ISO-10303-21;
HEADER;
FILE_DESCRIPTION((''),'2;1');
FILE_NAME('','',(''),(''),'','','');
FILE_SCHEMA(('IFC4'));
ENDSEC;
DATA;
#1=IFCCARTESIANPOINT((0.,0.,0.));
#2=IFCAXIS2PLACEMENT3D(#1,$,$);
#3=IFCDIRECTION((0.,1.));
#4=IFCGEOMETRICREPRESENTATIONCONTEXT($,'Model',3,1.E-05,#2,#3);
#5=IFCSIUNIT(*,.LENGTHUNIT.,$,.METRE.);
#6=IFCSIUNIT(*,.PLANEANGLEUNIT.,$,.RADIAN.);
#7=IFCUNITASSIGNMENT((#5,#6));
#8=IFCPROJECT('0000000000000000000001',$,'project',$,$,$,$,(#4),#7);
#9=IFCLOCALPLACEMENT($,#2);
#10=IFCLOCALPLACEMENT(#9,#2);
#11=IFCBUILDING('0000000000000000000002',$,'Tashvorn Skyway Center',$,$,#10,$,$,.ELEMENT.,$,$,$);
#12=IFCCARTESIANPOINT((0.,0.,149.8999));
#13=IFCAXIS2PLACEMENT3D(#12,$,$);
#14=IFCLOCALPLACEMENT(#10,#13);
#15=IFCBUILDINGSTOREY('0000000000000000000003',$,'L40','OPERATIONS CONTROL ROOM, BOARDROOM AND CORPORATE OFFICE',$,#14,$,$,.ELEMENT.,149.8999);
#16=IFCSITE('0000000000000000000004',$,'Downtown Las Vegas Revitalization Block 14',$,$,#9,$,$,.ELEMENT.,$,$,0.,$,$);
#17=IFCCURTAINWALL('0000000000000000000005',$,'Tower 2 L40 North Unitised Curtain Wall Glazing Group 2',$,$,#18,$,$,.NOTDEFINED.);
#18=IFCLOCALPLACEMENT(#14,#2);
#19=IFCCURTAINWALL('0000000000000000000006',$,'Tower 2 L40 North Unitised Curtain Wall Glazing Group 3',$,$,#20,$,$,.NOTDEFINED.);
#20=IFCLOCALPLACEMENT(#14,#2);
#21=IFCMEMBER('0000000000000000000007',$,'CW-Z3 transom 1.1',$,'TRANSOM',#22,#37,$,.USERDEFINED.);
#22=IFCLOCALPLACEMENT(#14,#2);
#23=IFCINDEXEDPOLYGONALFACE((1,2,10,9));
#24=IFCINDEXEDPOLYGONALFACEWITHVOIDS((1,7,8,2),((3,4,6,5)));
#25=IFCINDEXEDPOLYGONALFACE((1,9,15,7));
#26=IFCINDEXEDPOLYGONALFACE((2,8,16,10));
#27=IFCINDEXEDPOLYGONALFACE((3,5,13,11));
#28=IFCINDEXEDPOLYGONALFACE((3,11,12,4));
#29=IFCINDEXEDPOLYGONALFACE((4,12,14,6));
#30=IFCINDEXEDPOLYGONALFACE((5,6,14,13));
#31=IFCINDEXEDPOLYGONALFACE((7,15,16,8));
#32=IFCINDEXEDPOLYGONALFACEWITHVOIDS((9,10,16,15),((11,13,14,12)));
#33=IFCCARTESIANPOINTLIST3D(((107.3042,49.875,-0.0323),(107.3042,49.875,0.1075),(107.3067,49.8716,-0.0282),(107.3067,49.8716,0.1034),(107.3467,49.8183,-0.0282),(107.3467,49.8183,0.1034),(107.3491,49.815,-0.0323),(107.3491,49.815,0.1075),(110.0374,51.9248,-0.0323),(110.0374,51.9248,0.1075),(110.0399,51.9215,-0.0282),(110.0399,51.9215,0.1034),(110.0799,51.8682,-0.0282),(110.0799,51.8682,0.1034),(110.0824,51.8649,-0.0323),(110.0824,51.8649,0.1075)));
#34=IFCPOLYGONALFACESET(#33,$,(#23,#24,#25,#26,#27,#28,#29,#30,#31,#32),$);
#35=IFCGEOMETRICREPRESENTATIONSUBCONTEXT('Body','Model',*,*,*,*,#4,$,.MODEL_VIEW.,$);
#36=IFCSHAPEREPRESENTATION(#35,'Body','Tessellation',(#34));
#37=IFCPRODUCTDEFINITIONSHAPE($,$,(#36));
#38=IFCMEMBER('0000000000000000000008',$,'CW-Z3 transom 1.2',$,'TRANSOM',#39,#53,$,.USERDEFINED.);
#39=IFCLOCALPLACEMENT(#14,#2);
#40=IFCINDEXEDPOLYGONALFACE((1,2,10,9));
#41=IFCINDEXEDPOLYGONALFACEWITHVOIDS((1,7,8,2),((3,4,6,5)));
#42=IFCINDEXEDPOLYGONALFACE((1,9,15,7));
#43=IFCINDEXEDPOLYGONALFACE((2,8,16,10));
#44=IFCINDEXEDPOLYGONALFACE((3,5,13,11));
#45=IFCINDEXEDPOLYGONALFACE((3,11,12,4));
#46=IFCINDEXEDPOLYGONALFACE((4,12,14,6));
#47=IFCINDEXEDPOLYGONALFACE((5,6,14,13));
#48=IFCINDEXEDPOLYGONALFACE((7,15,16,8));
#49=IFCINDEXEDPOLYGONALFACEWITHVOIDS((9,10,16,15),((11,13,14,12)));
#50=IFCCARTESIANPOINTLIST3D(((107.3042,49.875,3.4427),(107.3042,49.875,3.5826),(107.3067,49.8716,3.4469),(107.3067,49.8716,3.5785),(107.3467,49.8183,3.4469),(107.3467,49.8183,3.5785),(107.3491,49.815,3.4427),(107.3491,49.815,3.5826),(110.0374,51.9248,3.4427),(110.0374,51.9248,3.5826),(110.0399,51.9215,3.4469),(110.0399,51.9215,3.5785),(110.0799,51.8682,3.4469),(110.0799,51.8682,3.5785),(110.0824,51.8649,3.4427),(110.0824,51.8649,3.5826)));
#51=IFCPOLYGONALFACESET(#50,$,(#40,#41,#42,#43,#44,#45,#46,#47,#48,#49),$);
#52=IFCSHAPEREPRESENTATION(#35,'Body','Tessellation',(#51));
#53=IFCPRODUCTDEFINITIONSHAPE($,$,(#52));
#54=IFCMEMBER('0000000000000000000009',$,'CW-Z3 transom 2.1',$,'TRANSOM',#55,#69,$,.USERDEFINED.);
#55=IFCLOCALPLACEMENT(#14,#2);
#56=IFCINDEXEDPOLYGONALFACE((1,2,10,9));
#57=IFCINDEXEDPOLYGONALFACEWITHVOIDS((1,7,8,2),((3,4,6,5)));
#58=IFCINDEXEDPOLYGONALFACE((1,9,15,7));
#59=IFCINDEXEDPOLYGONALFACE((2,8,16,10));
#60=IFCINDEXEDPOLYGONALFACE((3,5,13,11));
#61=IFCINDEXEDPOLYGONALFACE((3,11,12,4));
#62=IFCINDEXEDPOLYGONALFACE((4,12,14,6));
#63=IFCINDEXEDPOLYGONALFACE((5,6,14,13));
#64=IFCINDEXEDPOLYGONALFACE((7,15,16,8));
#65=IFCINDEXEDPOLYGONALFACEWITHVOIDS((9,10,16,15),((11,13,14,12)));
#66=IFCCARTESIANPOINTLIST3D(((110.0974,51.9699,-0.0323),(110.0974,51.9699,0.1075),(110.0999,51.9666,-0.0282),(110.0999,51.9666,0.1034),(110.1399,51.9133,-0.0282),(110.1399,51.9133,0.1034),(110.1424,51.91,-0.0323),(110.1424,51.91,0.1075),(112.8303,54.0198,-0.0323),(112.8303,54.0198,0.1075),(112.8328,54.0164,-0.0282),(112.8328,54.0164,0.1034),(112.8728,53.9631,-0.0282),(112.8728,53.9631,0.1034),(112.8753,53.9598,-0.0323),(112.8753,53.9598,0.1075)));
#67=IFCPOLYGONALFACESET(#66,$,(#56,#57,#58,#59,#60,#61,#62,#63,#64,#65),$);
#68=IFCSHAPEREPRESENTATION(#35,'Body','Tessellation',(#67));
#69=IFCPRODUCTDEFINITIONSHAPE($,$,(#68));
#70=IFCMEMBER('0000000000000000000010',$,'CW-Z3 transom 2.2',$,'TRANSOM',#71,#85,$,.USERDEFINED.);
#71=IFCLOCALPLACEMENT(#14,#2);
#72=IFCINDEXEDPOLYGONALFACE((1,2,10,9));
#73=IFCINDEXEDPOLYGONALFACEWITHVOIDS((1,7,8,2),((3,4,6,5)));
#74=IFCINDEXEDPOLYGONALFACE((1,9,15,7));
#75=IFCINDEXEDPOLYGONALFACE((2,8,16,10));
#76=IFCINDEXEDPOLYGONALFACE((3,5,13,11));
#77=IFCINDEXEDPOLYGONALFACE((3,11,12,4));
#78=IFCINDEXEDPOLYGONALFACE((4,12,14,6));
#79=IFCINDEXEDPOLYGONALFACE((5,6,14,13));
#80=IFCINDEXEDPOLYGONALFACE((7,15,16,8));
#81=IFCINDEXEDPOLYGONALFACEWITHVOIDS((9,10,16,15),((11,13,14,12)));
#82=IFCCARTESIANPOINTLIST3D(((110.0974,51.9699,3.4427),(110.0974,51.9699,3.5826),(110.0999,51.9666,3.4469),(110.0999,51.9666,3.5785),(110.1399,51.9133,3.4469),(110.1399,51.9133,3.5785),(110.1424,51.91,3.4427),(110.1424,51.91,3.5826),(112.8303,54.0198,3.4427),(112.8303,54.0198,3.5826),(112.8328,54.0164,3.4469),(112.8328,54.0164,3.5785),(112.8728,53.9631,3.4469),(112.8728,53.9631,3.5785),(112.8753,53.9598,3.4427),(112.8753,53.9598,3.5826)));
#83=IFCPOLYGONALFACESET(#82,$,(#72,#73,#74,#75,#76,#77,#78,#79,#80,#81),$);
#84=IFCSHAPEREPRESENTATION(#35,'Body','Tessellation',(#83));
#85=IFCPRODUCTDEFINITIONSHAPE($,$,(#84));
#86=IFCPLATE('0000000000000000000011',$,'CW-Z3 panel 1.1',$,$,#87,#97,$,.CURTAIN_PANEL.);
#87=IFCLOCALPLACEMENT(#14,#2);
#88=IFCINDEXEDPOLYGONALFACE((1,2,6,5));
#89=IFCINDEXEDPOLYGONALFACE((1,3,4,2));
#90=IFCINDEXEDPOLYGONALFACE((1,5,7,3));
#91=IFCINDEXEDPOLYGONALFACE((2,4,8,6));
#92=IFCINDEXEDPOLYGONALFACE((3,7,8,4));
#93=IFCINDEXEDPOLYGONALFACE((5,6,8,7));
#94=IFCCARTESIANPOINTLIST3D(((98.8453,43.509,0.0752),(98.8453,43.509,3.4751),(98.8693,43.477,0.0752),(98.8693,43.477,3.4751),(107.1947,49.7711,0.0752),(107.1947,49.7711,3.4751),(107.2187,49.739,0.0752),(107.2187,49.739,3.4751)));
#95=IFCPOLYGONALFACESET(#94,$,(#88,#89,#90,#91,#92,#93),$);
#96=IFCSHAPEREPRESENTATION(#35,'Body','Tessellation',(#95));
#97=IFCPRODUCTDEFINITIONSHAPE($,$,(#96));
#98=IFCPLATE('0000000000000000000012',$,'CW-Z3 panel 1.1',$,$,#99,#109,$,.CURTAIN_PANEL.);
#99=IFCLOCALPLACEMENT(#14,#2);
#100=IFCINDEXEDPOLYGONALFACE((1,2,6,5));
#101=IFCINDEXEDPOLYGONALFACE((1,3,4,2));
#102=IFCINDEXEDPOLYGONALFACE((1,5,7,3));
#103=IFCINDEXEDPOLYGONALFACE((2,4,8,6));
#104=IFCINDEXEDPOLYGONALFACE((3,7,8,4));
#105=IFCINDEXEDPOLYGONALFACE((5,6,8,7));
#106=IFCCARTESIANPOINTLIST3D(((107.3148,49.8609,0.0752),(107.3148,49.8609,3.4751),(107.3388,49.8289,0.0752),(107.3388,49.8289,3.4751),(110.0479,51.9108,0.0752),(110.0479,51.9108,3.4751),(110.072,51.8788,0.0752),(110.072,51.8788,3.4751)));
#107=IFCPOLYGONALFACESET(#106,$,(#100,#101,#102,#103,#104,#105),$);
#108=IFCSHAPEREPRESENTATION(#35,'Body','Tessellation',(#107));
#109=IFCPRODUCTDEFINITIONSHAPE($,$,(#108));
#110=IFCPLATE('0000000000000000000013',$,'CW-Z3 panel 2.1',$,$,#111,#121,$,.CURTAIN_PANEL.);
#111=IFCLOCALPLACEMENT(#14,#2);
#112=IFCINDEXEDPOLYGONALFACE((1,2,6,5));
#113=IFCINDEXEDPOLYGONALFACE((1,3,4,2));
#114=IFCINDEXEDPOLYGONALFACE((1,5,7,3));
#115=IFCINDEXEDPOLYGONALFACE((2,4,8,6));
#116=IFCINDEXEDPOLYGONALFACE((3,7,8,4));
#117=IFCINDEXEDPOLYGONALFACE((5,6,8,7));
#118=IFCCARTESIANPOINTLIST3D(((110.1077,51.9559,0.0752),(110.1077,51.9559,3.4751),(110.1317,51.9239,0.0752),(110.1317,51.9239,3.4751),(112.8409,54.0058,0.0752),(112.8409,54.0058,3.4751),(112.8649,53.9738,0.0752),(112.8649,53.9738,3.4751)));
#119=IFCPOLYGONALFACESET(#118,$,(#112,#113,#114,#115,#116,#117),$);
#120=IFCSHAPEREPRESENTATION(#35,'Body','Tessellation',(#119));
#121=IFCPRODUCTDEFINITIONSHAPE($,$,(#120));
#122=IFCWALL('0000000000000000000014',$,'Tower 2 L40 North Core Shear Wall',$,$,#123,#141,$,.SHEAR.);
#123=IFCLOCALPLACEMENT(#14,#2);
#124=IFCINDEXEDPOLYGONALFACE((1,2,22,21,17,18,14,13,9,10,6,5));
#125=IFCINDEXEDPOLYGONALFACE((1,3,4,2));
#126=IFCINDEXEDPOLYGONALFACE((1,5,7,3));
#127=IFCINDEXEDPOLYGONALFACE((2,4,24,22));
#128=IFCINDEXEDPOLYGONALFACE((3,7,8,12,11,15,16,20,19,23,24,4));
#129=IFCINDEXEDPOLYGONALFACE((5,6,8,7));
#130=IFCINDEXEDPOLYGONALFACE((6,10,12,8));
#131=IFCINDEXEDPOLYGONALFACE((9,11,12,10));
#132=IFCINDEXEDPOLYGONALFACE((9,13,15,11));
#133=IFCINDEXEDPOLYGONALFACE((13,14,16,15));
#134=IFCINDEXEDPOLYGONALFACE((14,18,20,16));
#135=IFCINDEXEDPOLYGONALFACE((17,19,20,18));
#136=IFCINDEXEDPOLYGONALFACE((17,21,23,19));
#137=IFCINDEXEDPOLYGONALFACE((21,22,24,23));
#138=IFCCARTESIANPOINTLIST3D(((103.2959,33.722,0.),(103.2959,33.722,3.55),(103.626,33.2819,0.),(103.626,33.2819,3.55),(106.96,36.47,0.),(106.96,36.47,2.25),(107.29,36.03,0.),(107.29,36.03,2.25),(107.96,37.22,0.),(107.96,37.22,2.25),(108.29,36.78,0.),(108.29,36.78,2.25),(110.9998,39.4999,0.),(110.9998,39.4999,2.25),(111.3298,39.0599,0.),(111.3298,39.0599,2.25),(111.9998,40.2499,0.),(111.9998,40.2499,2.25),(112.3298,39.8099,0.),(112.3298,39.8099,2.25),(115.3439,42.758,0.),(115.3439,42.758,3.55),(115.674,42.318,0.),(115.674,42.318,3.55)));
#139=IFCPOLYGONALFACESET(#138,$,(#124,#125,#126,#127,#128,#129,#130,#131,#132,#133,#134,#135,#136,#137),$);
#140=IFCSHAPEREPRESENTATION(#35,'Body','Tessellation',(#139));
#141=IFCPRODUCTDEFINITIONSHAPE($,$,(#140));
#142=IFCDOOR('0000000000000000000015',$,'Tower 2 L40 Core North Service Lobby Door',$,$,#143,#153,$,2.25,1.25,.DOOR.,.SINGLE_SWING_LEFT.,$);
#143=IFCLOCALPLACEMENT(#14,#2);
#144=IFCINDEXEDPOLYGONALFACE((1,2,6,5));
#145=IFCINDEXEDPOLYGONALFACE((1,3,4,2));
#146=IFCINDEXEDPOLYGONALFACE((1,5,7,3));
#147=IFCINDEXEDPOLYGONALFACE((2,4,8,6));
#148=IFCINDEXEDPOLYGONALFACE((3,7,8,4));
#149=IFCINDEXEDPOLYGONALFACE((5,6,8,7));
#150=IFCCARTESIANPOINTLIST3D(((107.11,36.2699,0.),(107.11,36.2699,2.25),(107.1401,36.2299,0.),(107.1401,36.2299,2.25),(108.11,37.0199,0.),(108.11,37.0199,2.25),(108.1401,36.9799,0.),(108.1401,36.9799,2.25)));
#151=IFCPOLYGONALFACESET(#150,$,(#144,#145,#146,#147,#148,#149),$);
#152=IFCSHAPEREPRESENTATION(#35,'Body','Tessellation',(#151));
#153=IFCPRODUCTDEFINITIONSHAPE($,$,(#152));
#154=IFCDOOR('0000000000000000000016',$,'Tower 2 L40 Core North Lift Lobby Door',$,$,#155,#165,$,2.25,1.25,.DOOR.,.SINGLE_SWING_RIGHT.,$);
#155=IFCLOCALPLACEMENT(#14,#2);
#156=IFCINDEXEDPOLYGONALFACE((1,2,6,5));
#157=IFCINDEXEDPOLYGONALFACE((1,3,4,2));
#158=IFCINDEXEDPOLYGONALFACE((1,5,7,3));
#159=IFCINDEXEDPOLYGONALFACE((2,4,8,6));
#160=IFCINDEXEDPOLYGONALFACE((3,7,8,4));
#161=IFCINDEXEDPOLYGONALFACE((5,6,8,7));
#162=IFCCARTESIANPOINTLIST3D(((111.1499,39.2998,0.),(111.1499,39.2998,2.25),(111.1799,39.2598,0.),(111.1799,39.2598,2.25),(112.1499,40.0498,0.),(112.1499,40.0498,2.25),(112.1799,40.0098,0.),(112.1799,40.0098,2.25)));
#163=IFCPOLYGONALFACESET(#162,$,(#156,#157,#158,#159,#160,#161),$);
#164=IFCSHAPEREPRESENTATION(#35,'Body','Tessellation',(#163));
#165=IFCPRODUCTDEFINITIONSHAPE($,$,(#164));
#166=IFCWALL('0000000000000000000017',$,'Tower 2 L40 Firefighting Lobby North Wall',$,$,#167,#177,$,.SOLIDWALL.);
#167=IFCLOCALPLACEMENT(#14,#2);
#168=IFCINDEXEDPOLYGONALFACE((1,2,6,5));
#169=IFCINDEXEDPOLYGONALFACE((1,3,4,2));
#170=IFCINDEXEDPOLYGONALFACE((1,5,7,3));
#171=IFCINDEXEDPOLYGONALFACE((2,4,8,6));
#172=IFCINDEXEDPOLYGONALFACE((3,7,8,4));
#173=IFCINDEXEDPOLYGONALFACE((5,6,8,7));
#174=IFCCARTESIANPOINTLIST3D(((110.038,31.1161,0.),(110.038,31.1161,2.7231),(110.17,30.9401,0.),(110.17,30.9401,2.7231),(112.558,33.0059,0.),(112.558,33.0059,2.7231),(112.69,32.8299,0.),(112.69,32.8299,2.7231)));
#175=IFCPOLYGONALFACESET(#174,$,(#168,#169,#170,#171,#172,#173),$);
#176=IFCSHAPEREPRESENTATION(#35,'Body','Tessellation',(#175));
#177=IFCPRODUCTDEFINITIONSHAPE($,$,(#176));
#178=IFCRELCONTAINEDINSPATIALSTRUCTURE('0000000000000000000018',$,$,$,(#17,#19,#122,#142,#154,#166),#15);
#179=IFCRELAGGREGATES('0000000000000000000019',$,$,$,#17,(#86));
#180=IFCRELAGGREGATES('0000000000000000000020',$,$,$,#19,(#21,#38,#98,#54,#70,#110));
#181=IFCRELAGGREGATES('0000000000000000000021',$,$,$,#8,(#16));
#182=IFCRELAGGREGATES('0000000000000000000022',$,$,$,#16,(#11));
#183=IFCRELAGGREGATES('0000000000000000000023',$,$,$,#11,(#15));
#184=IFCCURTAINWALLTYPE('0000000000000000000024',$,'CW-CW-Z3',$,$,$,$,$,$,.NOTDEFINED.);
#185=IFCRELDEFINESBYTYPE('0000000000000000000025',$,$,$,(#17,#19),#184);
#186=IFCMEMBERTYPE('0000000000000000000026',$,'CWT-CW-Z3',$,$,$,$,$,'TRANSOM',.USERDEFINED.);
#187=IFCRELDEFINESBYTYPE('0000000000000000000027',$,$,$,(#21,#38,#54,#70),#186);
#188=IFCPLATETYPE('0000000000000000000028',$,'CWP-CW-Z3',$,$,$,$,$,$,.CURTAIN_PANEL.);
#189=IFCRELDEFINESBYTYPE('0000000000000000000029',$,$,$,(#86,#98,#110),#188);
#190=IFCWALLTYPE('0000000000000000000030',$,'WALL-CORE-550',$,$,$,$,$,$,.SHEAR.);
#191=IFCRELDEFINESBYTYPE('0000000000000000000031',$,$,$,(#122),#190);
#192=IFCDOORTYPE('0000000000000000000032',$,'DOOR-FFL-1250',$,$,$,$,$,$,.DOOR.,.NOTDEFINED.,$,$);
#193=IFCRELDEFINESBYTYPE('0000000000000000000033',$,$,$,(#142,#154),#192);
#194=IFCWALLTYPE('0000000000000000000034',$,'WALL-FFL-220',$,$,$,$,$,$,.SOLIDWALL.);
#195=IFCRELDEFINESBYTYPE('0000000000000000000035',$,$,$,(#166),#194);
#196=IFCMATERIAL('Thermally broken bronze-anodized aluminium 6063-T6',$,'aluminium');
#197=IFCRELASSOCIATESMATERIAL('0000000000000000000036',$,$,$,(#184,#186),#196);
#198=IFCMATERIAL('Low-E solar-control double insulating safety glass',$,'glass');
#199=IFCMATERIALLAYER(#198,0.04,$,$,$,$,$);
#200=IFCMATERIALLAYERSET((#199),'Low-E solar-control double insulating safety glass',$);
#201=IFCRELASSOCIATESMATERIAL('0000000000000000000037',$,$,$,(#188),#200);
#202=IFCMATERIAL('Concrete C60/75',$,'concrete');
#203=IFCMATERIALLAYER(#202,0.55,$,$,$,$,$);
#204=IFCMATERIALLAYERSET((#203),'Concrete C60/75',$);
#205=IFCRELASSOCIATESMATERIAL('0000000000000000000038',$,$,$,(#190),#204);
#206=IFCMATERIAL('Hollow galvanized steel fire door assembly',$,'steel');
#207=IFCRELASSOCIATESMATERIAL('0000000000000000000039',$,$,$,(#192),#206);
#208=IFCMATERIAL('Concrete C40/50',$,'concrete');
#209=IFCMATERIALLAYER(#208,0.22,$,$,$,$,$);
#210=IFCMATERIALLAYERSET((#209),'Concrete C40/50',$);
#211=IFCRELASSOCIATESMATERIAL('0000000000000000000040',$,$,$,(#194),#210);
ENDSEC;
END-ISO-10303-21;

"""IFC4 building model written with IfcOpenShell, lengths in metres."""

from ifc_helpers import new_model, si_unit, direction, frame, frame_2d, origin, origin_2d, place, context, subcontext, project, spatial, rectangle, hollow_rectangle, extrude, material, layer, layer_set, material_profile, profile_set, type_object, element, fill, aggregate, save


model = new_model("IFC4")

# Units and contexts
model_context = context("Model", 3, precision=1e-05, world=origin(), true_north=direction((0.0, 1.0)))
body_context = subcontext(model_context, "Body", "Model", "MODEL_VIEW")
ifc_project = project(units=[si_unit("LENGTHUNIT", "METRE"), si_unit("PLANEANGLEUNIT", "RADIAN")], contexts=[model_context])

# Site, building, storey
site_placement = place(None, origin())
site = spatial("IfcSite", under=ifc_project, at=site_placement, Name="Downtown Las Vegas Revitalization Block 14", CompositionType="ELEMENT", RefElevation=0.0)
building_placement = place(site_placement, origin())
building = spatial("IfcBuilding", under=site, at=building_placement, Name="Tashvorn Skyway Center", CompositionType="ELEMENT")
storey_placement = place(building_placement, frame((0.0, 0.0, 149.8999)))
storey = spatial("IfcBuildingStorey", under=building, at=storey_placement, Name="L40", Description="OPERATIONS CONTROL ROOM, BOARDROOM AND CORPORATE OFFICE", CompositionType="ELEMENT", Elevation=149.8999)

# Shared definitions
ifc_material_1 = material(Name="Concrete C60/75", Category="concrete")

# Curtain wall
ifc_material_2 = material(Name="Thermally broken bronze-anodized aluminium 6063-T6", Category="aluminium")
curtain_wall_type = type_object("IfcCurtainWallType", Name="CW-CW-Z3", PredefinedType="NOTDEFINED", material=ifc_material_2)
curtain_wall_1_placement = place(storey_placement, origin())
curtain_wall_1 = element("IfcCurtainWall", 1, at=curtain_wall_1_placement, inside=storey, type_object=curtain_wall_type, Name="Tower 2 L40 North Unitised Curtain Wall Glazing Group 2", PredefinedType="NOTDEFINED")

# Curtain wall, members
curtain_wall_2_placement = place(storey_placement, origin())
curtain_wall_2 = element("IfcCurtainWall", 2, at=curtain_wall_2_placement, inside=storey, type_object=curtain_wall_type, Name="Tower 2 L40 North Unitised Curtain Wall Glazing Group 3", PredefinedType="NOTDEFINED")
ifc_material_profile_1 = material_profile(ifc_material_2, hollow_rectangle(XDim=0.075, YDim=0.1399, WallThickness=0.0042, at=origin_2d()), Name="ALU-TRAN-75x140")
ifc_profile_set_1 = profile_set([ifc_material_profile_1], Name="Thermally broken bronze-anodized aluminium 6063-T6")
member_type_1 = type_object("IfcMemberType", Name="CWT-CW-Z3", ElementType="TRANSOM", PredefinedType="USERDEFINED", material=ifc_profile_set_1)
member_1_placement = place(storey_placement, frame((107.3267, 49.845, 0.0376), z_axis=(0.800009, 0.599989, 0.0), x_axis=(-0.599989, 0.800009, 0.0)))
member_1 = element("IfcMember", 3, at=member_1_placement, type_object=member_type_1, Name="CW-Z3 transom 1.1", ObjectType="TRANSOM", PredefinedType="USERDEFINED", context=body_context, shape_type="SweptSolid", body=[
    extrude(hollow_rectangle(XDim=0.075, YDim=0.1399, WallThickness=0.0042, at=origin_2d()), origin(), (0.0, 0.0, 1.0), 3.4165),
])
member_2_placement = place(storey_placement, frame((107.3267, 49.845, 3.5127), z_axis=(0.800009, 0.599989, 0.0), x_axis=(-0.599989, 0.800009, 0.0)))
member_2 = element("IfcMember", 4, at=member_2_placement, type_object=member_type_1, Name="CW-Z3 transom 1.2", ObjectType="TRANSOM", PredefinedType="USERDEFINED", context=body_context, shape_type="SweptSolid", body=[
    extrude(hollow_rectangle(XDim=0.075, YDim=0.1399, WallThickness=0.0042, at=origin_2d()), origin(), (0.0, 0.0, 1.0), 3.4165),
])
member_3_placement = place(storey_placement, frame((110.1199, 51.9399, 0.0376), z_axis=(0.799983, 0.600023, 0.0), x_axis=(-0.600023, 0.799983, 0.0)))
member_3 = element("IfcMember", 5, at=member_3_placement, type_object=member_type_1, Name="CW-Z3 transom 2.1", ObjectType="TRANSOM", PredefinedType="USERDEFINED", context=body_context, shape_type="SweptSolid", body=[
    extrude(hollow_rectangle(XDim=0.075, YDim=0.1399, WallThickness=0.0042, at=origin_2d()), origin(), (0.0, 0.0, 1.0), 3.4163),
])
member_4_placement = place(storey_placement, frame((110.1199, 51.9399, 3.5127), z_axis=(0.799983, 0.600023, 0.0), x_axis=(-0.600023, 0.799983, 0.0)))
member_4 = element("IfcMember", 6, at=member_4_placement, type_object=member_type_1, Name="CW-Z3 transom 2.2", ObjectType="TRANSOM", PredefinedType="USERDEFINED", context=body_context, shape_type="SweptSolid", body=[
    extrude(hollow_rectangle(XDim=0.075, YDim=0.1399, WallThickness=0.0042, at=origin_2d()), origin(), (0.0, 0.0, 1.0), 3.4163),
])

# Plates
ifc_material_3 = material(Name="Low-E solar-control double insulating safety glass", Category="glass")
ifc_layer_1 = layer(ifc_material_3, 0.04)
ifc_layer_set_1 = layer_set([ifc_layer_1], Name="Low-E solar-control double insulating safety glass")
plate_type = type_object("IfcPlateType", Name="CWP-CW-Z3", PredefinedType="CURTAIN_PANEL", material=ifc_layer_set_1)
plate_1_placement = place(storey_placement, frame((103.032, 46.624, 0.0752), z_axis=(0.0, 0.0, 1.0), x_axis=(0.800002, 0.599997, 0.0)))
plate_1 = element("IfcPlate", 7, at=plate_1_placement, type_object=plate_type, Name="CW-Z3 panel 1.1", PredefinedType="CURTAIN_PANEL", context=body_context, shape_type="SweptSolid", body=[
    extrude(rectangle(XDim=10.4368, YDim=0.04, at=origin_2d()), origin(), (0.0, 0.0, 1.0), 3.3999),
])
aggregate(curtain_wall_1, [plate_1])
plate_2_placement = place(storey_placement, frame((108.6934, 50.8699, 0.0752), z_axis=(0.0, 0.0, 1.0), x_axis=(0.799997, 0.600005, 0.0)))
plate_2 = element("IfcPlate", 8, at=plate_2_placement, type_object=plate_type, Name="CW-Z3 panel 1.1", PredefinedType="CURTAIN_PANEL", context=body_context, shape_type="SweptSolid", body=[
    extrude(rectangle(XDim=3.4165, YDim=0.04, at=origin_2d()), origin(), (0.0, 0.0, 1.0), 3.3999),
])
plate_3_placement = place(storey_placement, frame((111.4863, 52.9648, 0.0752), z_axis=(0.0, 0.0, 1.0), x_axis=(0.799997, 0.600005, 0.0)))
plate_3 = element("IfcPlate", 9, at=plate_3_placement, type_object=plate_type, Name="CW-Z3 panel 2.1", PredefinedType="CURTAIN_PANEL", context=body_context, shape_type="SweptSolid", body=[
    extrude(rectangle(XDim=3.4165, YDim=0.04, at=origin_2d()), origin(), (0.0, 0.0, 1.0), 3.3999),
])
aggregate(curtain_wall_2, [member_1, member_2, plate_2, member_3, member_4, plate_3])

# Wall, openings, doors
ifc_layer_2 = layer(ifc_material_1, 0.55)
ifc_layer_set_2 = layer_set([ifc_layer_2], Name="Concrete C60/75")
wall_type_1 = type_object("IfcWallType", Name="WALL-CORE-550", PredefinedType="SHEAR", material=ifc_layer_set_2)
wall_1_placement = place(storey_placement, frame((103.4609, 33.502, 0.0), z_axis=(0.0, 0.0, 1.0), x_axis=(0.799998, 0.600003, 0.0)))
wall_1 = element("IfcWall", 10, at=wall_1_placement, inside=storey, type_object=wall_type_1, Name="Tower 2 L40 North Core Shear Wall", PredefinedType="SHEAR", context=body_context, shape_type="SweptSolid", body=[
    extrude(rectangle(XDim=15.0601, YDim=0.55, at=frame_2d((7.53, 0.0))), origin(), (0.0, 0.0, 1.0), 3.55),
])
opening_1_placement = place(wall_1_placement, frame((4.5801, 0.0, 0.0)))
opening_1 = element("IfcOpeningElement", 11, at=opening_1_placement, cuts=wall_1, PredefinedType="OPENING", context=body_context, shape_type="SweptSolid", body=[
    extrude(rectangle(XDim=1.25, YDim=2.25, at=frame_2d((0.625, 1.125))), frame((0.0, 0.2849, 0.0), z_axis=(0.0, -1.0, 0.0), x_axis=(1.0, 0.0, 0.0)), (0.0, 0.0, 1.0), 0.5701),
])
opening_2_placement = place(wall_1_placement, frame((9.6299, 0.0, 0.0)))
opening_2 = element("IfcOpeningElement", 12, at=opening_2_placement, cuts=wall_1, PredefinedType="OPENING", context=body_context, shape_type="SweptSolid", body=[
    extrude(rectangle(XDim=1.25, YDim=2.25, at=frame_2d((0.625, 1.125))), frame((0.0, 0.2849, 0.0), z_axis=(0.0, -1.0, 0.0), x_axis=(1.0, 0.0, 0.0)), (0.0, 0.0, 1.0), 0.5701),
])
ifc_material_4 = material(Name="Hollow galvanized steel fire door assembly", Category="steel")
door_type_1 = type_object("IfcDoorType", Name="DOOR-FFL-1250", OperationType="NOTDEFINED", PredefinedType="DOOR", material=ifc_material_4)
door_1_placement = place(opening_1_placement, origin())
door_1 = element("IfcDoor", 13, at=door_1_placement, inside=storey, type_object=door_type_1, Name="Tower 2 L40 Core North Service Lobby Door", OperationType="SINGLE_SWING_LEFT", OverallHeight=2.25, OverallWidth=1.25, PredefinedType="DOOR", context=body_context, shape_type="SweptSolid", body=[
    extrude(rectangle(XDim=1.25, YDim=2.25, at=frame_2d((0.625, 1.125))), frame((0.0, 0.0249, 0.0), z_axis=(0.0, -1.0, 0.0), x_axis=(1.0, 0.0, 0.0)), (0.0, 0.0, 1.0), 0.05),
])
fill(opening_1, door_1)
door_2_placement = place(opening_2_placement, origin())
door_2 = element("IfcDoor", 14, at=door_2_placement, inside=storey, type_object=door_type_1, Name="Tower 2 L40 Core North Lift Lobby Door", OperationType="SINGLE_SWING_RIGHT", OverallHeight=2.25, OverallWidth=1.25, PredefinedType="DOOR", context=body_context, shape_type="SweptSolid", body=[
    extrude(rectangle(XDim=1.25, YDim=2.25, at=frame_2d((0.625, 1.125))), frame((0.0, 0.0249, 0.0), z_axis=(0.0, -1.0, 0.0), x_axis=(1.0, 0.0, 0.0)), (0.0, 0.0, 1.0), 0.05),
])
fill(opening_2, door_2)

# Wall
ifc_material_5 = material(Name="Concrete C40/50", Category="concrete")
ifc_layer_3 = layer(ifc_material_5, 0.22)
ifc_layer_set_3 = layer_set([ifc_layer_3], Name="Concrete C40/50")
wall_type_2 = type_object("IfcWallType", Name="WALL-FFL-220", PredefinedType="SOLIDWALL", material=ifc_layer_set_3)
wall_2_placement = place(storey_placement, frame((110.104, 31.0281, 0.0), z_axis=(0.0, 0.0, 1.0), x_axis=(0.800019, 0.599975, 0.0)))
element("IfcWall", 15, at=wall_2_placement, inside=storey, type_object=wall_type_2, Name="Tower 2 L40 Firefighting Lobby North Wall", PredefinedType="SOLIDWALL", context=body_context, shape_type="SweptSolid", body=[
    extrude(rectangle(XDim=3.1499, YDim=0.22, at=frame_2d((1.575, 0.0))), origin(), (0.0, 0.0, 1.0), 2.7231),
])

save(model, "model.ifc")
